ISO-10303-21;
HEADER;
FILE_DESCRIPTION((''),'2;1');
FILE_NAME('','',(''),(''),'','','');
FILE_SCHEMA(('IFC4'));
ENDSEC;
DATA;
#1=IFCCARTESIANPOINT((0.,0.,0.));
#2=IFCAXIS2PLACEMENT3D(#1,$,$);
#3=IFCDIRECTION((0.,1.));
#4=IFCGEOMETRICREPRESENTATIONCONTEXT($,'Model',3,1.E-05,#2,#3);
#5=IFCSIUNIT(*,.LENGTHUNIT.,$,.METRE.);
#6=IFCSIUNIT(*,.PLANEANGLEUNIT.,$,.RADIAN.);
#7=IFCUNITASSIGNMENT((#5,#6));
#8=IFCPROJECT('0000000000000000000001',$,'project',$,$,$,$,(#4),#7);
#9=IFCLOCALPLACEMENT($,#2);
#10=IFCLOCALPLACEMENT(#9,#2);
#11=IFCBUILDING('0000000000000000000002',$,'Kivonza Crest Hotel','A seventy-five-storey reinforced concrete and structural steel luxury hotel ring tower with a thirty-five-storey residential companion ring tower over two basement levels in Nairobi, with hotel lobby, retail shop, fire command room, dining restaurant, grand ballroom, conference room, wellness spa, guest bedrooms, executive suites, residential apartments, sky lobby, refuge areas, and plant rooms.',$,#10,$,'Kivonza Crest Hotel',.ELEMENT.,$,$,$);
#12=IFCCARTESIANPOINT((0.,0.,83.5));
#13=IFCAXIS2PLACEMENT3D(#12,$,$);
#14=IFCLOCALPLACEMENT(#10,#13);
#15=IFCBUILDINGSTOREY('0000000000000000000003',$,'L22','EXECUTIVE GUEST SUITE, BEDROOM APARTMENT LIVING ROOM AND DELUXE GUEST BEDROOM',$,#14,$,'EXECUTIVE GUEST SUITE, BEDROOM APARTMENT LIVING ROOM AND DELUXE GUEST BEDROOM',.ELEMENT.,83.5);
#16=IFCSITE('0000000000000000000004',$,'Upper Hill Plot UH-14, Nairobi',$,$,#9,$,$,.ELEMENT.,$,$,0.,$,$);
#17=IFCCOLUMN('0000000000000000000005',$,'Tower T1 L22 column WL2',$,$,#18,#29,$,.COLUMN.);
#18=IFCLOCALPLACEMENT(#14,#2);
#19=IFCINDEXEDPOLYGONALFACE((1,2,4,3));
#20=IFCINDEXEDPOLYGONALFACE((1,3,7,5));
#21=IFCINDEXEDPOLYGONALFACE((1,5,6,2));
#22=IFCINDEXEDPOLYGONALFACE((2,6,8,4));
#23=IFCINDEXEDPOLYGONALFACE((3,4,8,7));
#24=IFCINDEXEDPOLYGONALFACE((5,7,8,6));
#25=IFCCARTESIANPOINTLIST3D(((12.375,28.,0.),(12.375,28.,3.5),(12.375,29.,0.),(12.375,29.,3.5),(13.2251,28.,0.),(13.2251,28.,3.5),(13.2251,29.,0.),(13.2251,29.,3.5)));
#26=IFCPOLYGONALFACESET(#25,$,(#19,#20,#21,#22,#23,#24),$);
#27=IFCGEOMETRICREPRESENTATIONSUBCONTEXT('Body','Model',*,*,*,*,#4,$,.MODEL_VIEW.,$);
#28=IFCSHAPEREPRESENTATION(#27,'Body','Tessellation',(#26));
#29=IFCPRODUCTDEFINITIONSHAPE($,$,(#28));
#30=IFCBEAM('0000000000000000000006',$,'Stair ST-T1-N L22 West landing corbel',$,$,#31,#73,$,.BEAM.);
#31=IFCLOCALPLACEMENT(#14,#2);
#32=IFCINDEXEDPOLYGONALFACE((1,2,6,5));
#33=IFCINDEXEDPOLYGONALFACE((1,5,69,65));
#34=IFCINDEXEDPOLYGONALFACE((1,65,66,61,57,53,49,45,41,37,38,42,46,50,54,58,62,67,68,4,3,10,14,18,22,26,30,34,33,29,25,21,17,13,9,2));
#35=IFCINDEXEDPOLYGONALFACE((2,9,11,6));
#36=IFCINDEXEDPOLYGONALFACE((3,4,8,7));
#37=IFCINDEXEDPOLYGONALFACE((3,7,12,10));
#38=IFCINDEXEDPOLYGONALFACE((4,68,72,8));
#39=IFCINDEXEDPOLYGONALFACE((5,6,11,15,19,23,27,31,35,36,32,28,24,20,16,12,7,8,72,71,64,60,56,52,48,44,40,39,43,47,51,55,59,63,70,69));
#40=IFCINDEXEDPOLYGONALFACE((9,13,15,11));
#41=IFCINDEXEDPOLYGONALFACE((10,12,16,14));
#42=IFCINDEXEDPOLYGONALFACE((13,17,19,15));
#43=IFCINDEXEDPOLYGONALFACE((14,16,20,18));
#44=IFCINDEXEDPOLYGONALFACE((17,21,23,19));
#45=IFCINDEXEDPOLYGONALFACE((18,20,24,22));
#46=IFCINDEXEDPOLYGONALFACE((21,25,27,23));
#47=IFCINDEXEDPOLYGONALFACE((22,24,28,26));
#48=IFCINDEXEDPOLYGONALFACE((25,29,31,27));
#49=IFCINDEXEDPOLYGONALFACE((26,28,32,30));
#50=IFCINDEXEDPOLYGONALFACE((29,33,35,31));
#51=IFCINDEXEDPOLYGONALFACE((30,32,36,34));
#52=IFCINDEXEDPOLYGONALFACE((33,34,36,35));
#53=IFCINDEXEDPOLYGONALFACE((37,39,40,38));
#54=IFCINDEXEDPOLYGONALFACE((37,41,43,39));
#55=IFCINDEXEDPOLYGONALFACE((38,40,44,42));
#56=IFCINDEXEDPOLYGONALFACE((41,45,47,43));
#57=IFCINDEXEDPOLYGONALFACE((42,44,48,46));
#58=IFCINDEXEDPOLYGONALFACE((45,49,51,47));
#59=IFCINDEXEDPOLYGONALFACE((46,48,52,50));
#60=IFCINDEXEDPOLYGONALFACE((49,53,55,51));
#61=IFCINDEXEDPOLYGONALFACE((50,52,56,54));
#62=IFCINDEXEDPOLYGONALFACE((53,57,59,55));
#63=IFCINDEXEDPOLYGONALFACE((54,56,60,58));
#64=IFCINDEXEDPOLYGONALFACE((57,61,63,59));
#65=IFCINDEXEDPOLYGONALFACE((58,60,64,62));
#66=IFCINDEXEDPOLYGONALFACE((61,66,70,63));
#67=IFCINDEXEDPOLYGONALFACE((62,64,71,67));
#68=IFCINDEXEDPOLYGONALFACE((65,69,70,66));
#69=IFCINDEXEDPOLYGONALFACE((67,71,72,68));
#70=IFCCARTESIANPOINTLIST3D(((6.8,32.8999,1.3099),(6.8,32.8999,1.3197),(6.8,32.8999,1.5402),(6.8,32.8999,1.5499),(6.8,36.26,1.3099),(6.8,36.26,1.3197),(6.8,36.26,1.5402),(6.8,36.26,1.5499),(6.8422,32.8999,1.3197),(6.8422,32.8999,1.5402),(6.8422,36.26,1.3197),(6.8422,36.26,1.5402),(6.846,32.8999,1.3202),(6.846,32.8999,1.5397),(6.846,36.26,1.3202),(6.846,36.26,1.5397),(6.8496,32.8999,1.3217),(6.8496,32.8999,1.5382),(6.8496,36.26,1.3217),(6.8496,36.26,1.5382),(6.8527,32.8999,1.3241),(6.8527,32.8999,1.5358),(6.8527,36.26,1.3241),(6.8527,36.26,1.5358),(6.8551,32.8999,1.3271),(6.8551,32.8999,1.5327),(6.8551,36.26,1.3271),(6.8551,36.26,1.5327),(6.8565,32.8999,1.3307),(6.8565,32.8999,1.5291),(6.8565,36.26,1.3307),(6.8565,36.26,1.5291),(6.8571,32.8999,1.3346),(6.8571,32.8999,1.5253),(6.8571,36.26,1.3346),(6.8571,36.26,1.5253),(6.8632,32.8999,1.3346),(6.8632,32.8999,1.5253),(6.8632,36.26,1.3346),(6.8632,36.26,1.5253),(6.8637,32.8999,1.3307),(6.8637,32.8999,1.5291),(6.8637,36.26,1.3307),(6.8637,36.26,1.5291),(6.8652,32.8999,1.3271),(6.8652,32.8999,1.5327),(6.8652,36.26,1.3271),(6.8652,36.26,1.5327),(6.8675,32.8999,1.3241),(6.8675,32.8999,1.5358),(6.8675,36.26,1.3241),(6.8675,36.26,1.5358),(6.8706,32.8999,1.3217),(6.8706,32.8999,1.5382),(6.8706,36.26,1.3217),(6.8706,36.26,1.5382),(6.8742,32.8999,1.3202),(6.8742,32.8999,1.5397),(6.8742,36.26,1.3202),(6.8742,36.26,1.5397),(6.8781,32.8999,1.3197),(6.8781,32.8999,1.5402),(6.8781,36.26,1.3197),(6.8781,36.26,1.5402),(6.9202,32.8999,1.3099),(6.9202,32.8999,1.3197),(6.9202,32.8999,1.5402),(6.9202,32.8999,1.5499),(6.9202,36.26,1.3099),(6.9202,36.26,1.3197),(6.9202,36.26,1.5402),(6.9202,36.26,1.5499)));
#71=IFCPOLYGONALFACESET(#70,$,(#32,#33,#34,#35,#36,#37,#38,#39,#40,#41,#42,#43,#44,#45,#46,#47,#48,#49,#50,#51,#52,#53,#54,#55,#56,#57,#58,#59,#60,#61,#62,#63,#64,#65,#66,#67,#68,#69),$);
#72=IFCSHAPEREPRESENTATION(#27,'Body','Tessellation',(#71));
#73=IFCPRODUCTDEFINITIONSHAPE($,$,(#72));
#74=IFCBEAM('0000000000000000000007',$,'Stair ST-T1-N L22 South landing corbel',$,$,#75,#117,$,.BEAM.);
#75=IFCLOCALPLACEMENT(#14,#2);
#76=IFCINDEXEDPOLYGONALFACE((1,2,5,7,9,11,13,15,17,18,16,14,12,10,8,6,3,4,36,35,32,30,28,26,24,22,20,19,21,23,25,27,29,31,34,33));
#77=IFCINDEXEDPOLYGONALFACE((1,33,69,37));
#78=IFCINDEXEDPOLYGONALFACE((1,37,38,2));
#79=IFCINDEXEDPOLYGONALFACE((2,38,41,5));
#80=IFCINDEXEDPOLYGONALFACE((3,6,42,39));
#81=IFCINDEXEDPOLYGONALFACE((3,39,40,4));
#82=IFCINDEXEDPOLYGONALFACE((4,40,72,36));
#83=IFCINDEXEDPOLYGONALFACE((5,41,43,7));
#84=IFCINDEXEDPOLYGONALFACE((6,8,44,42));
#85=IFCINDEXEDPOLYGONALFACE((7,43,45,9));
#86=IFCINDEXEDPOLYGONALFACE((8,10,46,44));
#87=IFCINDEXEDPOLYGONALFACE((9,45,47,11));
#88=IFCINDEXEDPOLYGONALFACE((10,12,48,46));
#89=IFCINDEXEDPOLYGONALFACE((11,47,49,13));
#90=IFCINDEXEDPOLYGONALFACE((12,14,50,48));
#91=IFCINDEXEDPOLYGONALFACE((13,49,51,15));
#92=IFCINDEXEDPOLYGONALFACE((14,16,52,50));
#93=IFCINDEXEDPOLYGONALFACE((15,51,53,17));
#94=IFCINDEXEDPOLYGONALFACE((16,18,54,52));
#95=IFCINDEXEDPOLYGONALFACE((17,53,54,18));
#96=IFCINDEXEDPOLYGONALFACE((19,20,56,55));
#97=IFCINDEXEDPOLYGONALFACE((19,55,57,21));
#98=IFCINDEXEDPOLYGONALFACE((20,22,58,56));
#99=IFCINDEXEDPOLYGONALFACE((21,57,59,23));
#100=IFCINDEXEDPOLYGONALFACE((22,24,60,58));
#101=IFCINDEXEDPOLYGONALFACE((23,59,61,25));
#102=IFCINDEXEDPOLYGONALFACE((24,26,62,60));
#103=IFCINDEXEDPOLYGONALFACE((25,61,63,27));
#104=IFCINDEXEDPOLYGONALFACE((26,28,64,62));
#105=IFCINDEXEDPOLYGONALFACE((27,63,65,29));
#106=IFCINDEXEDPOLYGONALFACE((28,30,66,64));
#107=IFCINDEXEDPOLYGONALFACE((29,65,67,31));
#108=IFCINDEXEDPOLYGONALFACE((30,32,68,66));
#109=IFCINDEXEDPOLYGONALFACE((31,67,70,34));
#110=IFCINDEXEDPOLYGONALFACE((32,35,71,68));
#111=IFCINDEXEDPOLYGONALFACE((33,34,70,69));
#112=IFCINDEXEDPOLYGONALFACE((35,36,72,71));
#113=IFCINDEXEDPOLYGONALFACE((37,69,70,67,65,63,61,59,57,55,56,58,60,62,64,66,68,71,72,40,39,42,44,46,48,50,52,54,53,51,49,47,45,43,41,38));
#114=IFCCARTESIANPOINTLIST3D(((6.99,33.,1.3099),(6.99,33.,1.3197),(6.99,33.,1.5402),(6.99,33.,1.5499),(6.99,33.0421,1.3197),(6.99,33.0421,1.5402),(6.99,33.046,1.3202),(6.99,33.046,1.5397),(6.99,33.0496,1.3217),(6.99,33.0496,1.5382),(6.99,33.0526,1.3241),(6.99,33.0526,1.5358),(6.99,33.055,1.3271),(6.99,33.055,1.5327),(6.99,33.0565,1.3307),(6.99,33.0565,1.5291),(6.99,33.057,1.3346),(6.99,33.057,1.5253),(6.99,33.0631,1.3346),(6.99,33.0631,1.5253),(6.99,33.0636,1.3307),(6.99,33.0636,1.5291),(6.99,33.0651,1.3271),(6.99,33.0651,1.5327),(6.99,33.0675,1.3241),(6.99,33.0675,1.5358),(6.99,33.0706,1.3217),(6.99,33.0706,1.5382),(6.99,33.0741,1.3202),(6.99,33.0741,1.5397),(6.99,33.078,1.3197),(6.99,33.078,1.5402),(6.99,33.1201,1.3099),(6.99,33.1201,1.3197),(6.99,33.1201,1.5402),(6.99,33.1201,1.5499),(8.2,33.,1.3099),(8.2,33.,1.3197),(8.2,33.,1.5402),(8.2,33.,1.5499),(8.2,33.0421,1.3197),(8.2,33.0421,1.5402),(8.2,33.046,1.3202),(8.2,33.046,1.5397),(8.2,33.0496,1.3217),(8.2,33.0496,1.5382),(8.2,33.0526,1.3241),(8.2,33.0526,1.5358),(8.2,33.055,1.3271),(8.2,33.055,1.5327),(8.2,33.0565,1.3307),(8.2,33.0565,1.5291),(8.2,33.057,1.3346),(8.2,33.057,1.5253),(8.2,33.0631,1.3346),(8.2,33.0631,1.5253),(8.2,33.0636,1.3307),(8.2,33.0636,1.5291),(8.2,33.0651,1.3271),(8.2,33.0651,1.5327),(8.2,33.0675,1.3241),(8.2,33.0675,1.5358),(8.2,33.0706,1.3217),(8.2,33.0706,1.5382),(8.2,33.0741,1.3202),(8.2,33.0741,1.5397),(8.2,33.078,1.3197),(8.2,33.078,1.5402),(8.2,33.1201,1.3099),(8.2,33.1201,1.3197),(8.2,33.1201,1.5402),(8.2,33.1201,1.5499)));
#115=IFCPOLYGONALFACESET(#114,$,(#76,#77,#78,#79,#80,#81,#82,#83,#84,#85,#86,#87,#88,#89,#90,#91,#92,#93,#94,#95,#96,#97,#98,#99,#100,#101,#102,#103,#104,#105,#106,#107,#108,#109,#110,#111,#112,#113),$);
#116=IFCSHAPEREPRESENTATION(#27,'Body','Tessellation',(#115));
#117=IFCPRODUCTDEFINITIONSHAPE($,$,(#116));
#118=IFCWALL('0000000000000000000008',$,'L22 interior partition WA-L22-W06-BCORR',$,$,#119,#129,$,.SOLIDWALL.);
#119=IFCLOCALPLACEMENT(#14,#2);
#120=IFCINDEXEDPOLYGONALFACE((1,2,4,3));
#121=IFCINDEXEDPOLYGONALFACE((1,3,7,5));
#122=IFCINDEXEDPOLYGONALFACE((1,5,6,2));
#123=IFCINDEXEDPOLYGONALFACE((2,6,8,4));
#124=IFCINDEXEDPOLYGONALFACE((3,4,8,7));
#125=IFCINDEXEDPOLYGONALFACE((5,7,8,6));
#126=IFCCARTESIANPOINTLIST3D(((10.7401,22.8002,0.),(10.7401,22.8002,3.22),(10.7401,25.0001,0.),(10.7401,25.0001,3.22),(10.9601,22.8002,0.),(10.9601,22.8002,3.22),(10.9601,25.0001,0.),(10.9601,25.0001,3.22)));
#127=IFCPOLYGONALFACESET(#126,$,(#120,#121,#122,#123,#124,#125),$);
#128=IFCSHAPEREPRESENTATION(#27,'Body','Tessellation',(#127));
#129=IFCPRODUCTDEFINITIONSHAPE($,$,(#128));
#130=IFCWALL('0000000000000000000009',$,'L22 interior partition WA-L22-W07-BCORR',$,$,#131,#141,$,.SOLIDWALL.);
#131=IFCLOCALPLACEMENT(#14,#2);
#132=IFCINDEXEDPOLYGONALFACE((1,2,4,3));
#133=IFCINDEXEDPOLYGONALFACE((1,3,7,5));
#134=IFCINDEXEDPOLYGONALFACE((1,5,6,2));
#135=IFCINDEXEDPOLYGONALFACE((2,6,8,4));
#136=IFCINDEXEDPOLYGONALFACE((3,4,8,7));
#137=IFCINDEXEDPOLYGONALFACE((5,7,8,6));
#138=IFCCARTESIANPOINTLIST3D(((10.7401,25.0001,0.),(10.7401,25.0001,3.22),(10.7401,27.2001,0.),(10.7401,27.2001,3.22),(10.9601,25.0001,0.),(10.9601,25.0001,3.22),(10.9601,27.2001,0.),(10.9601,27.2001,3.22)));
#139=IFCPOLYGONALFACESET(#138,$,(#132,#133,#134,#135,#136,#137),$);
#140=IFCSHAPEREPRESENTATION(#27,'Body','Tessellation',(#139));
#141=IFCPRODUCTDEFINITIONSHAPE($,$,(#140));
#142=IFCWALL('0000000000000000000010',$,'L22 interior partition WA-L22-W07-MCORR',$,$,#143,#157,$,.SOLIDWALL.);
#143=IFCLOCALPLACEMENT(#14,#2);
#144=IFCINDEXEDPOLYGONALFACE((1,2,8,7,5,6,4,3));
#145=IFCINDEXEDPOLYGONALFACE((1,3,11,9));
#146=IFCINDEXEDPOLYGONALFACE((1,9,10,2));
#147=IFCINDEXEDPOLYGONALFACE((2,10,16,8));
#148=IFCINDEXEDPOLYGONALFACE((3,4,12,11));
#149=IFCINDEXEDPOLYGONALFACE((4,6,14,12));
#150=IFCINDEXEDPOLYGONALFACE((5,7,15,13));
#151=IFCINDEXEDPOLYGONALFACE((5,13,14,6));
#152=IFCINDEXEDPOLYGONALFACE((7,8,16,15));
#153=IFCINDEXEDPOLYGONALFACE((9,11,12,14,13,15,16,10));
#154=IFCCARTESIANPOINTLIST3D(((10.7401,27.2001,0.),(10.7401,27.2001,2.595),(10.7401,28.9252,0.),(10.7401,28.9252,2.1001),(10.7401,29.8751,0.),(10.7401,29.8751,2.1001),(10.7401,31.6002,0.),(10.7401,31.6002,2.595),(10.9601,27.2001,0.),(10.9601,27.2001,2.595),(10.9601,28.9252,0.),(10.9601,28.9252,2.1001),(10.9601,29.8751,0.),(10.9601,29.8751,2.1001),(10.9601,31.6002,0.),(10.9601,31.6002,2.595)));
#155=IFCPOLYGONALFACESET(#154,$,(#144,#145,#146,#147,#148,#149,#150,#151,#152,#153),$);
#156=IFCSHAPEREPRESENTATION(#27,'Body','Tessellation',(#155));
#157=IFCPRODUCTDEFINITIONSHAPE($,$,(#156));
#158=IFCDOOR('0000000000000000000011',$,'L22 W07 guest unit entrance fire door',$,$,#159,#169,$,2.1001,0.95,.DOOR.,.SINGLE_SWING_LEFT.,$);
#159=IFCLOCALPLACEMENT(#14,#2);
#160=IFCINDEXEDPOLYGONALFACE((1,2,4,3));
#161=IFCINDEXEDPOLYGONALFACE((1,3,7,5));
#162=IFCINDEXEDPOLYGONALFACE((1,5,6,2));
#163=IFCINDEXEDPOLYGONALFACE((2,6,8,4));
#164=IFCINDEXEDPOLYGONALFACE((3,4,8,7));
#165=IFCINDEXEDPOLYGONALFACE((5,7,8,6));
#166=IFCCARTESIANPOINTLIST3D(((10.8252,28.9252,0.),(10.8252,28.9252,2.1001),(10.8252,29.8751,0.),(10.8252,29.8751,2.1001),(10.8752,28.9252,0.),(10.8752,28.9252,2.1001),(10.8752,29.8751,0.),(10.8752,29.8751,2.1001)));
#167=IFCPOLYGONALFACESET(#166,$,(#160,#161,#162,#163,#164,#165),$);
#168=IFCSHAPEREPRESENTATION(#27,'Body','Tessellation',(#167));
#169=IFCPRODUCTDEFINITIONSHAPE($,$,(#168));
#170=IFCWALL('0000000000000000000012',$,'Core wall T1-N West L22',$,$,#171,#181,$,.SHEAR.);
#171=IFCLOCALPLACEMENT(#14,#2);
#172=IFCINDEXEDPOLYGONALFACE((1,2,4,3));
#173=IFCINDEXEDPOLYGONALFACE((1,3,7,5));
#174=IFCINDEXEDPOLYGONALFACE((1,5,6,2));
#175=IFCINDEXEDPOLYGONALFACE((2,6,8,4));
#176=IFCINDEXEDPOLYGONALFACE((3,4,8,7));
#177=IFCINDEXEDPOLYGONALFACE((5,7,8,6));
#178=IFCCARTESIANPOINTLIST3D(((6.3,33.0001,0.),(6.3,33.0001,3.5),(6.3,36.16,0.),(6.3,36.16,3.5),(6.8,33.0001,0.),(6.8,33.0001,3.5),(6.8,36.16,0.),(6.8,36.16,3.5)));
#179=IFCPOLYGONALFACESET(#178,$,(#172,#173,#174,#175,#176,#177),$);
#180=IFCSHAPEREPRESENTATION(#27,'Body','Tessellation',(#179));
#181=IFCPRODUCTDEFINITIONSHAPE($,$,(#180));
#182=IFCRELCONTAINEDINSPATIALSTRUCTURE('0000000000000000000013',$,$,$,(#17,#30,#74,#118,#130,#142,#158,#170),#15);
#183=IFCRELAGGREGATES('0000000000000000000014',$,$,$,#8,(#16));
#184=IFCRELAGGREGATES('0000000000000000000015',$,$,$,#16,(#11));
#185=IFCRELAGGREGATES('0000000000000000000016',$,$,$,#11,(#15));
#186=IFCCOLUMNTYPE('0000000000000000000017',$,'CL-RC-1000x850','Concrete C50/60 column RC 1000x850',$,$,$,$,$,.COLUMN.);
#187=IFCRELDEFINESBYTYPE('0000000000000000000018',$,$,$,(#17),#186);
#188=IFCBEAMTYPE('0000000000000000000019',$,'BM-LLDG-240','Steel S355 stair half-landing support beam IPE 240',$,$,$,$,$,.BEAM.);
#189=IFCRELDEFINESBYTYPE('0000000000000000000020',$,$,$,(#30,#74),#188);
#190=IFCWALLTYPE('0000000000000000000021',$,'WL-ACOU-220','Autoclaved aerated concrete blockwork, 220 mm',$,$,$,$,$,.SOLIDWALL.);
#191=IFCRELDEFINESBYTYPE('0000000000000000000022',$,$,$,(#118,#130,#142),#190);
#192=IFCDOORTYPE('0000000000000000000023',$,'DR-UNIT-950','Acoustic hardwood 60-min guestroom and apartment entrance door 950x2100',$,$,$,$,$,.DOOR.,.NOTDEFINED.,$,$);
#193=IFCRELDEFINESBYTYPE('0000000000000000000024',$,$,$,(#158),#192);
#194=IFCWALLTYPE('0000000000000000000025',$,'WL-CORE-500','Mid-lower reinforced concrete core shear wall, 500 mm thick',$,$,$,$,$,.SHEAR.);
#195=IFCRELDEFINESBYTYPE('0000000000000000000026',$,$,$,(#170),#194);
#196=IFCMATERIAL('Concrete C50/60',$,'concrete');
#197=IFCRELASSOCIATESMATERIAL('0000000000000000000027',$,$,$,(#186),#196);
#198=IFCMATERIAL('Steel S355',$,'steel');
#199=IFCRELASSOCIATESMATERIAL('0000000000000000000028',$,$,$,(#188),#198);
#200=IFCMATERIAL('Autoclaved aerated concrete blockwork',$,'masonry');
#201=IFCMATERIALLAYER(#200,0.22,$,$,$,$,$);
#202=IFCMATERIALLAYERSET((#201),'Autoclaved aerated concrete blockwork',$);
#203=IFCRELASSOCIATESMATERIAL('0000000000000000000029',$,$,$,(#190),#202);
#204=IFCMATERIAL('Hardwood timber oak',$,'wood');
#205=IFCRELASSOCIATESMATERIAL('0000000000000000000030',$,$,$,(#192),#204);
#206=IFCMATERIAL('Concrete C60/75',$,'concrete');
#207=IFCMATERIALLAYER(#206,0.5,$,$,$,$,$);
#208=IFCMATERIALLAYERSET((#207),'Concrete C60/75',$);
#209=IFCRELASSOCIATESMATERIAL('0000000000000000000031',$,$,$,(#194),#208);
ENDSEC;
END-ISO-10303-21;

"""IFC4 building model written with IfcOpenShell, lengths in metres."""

from ifc_helpers import new_model, si_unit, direction, frame, frame_2d, origin, origin_2d, place, context, subcontext, project, spatial, rectangle, i_section, extrude, material, layer, layer_set, material_profile, profile_set, type_object, element, fill, save


model = new_model("IFC4")

# Units and contexts
model_context = context("Model", 3, precision=1e-05, world=origin(), true_north=direction((0.0, 1.0)))
body_context = subcontext(model_context, "Body", "Model", "MODEL_VIEW")
ifc_project = project(units=[si_unit("LENGTHUNIT", "METRE"), si_unit("PLANEANGLEUNIT", "RADIAN")], contexts=[model_context])

# Site, building, storey
site_placement = place(None, origin())
site = spatial("IfcSite", under=ifc_project, at=site_placement, Name="Upper Hill Plot UH-14, Nairobi", CompositionType="ELEMENT", RefElevation=0.0)
building_placement = place(site_placement, origin())
building = spatial("IfcBuilding", under=site, at=building_placement, Name="Kivonza Crest Hotel", Description="A seventy-five-storey reinforced concrete and structural steel luxury hotel ring tower with a thirty-five-storey residential companion ring tower over two basement levels in Nairobi, with hotel lobby, retail shop, fire command room, dining restaurant, grand ballroom, conference room, wellness spa, guest bedrooms, executive suites, residential apartments, sky lobby, refuge areas, and plant rooms.", LongName="Kivonza Crest Hotel", CompositionType="ELEMENT")
storey_placement = place(building_placement, frame((0.0, 0.0, 83.5)))
storey = spatial("IfcBuildingStorey", under=building, at=storey_placement, Name="L22", Description="EXECUTIVE GUEST SUITE, BEDROOM APARTMENT LIVING ROOM AND DELUXE GUEST BEDROOM", LongName="EXECUTIVE GUEST SUITE, BEDROOM APARTMENT LIVING ROOM AND DELUXE GUEST BEDROOM", CompositionType="ELEMENT", Elevation=83.5)

# Column
ifc_material_1 = material(Name="Concrete C50/60", Category="concrete")
ifc_material_profile_1 = material_profile(ifc_material_1, rectangle(XDim=0.8501, YDim=1.0, at=origin_2d()), Name="RC 1000x850")
ifc_profile_set_1 = profile_set([ifc_material_profile_1], Name="Concrete C50/60")
column_type = type_object("IfcColumnType", Name="CL-RC-1000x850", Description="Concrete C50/60 column RC 1000x850", PredefinedType="COLUMN", material=ifc_profile_set_1)
column_placement = place(storey_placement, frame((12.8, 28.5, 0.0), z_axis=(0.0, 0.0, 1.0), x_axis=(1.0, 0.0, 0.0)))
element("IfcColumn", 1, at=column_placement, inside=storey, type_object=column_type, Name="Tower T1 L22 column WL2", PredefinedType="COLUMN", context=body_context, shape_type="SweptSolid", body=[
    extrude(rectangle(XDim=0.8501, YDim=1.0, at=origin_2d()), origin(), (0.0, 0.0, 1.0), 3.5),
])

# Beams
ifc_material_2 = material(Name="Steel S355", Category="steel")
ifc_material_profile_2 = material_profile(ifc_material_2, i_section(OverallWidth=0.1201, OverallDepth=0.24, WebThickness=0.0061, FlangeThickness=0.0098, FilletRadius=0.0149, at=origin_2d()), Name="IPE 240")
ifc_profile_set_2 = profile_set([ifc_material_profile_2], Name="Steel S355")
beam_type = type_object("IfcBeamType", Name="BM-LLDG-240", Description="Steel S355 stair half-landing support beam IPE 240", PredefinedType="BEAM", material=ifc_profile_set_2)
beam_1_placement = place(storey_placement, frame((6.8601, 32.8999, 1.4299), z_axis=(0.0, 1.0, 0.0), x_axis=(-1.0, 0.0, 0.0)))
element("IfcBeam", 2, at=beam_1_placement, inside=storey, type_object=beam_type, Name="Stair ST-T1-N L22 West landing corbel", PredefinedType="BEAM", context=body_context, shape_type="SweptSolid", body=[
    extrude(i_section(OverallWidth=0.1201, OverallDepth=0.24, WebThickness=0.0061, FlangeThickness=0.0098, FilletRadius=0.0149, at=origin_2d()), origin(), (0.0, 0.0, 1.0), 3.3601),
])
beam_2_placement = place(storey_placement, frame((6.99, 33.0601, 1.4299), z_axis=(1.0, 0.0, 0.0), x_axis=(0.0, 1.0, 0.0)))
element("IfcBeam", 3, at=beam_2_placement, inside=storey, type_object=beam_type, Name="Stair ST-T1-N L22 South landing corbel", PredefinedType="BEAM", context=body_context, shape_type="SweptSolid", body=[
    extrude(i_section(OverallWidth=0.1201, OverallDepth=0.24, WebThickness=0.0061, FlangeThickness=0.0098, FilletRadius=0.0149, at=origin_2d()), origin(), (0.0, 0.0, 1.0), 1.21),
])

# Walls
ifc_material_3 = material(Name="Autoclaved aerated concrete blockwork", Category="masonry")
ifc_layer_1 = layer(ifc_material_3, 0.22)
ifc_layer_set_1 = layer_set([ifc_layer_1], Name="Autoclaved aerated concrete blockwork")
wall_type_1 = type_object("IfcWallType", Name="WL-ACOU-220", Description="Autoclaved aerated concrete blockwork, 220 mm", PredefinedType="SOLIDWALL", material=ifc_layer_set_1)
for number, where, z_axis, x_axis, name in (
    (4, (10.8501, 22.8, 0.0), (0.0, 0.0, 1.0), (0.0, 1.0, 0.0), "L22 interior partition WA-L22-W06-BCORR"),
    (5, (10.8501, 25.0, 0.0), (0.0, 0.0, 1.0), (0.0, 1.0, 0.0), "L22 interior partition WA-L22-W07-BCORR"),
):
    element("IfcWall", number, at=place(storey_placement, frame(where, z_axis=z_axis, x_axis=x_axis)), inside=storey, type_object=wall_type_1, Name=name, PredefinedType="SOLIDWALL", context=body_context, shape_type="SweptSolid", body=[
        extrude(rectangle(XDim=2.2, YDim=0.22, at=frame_2d((1.1001, 0.0))), origin(), (0.0, 0.0, 1.0), 3.22),
    ])

# Wall, opening, door
wall_1_placement = place(storey_placement, frame((10.8501, 27.2, 0.0), z_axis=(0.0, 0.0, 1.0), x_axis=(0.0, 1.0, 0.0)))
wall_1 = element("IfcWall", 6, at=wall_1_placement, inside=storey, type_object=wall_type_1, Name="L22 interior partition WA-L22-W07-MCORR", PredefinedType="SOLIDWALL", context=body_context, shape_type="SweptSolid", body=[
    extrude(rectangle(XDim=4.4001, YDim=0.22, at=frame_2d((2.2002, 0.0))), origin(), (0.0, 0.0, 1.0), 2.595),
])
opening_1_placement = place(wall_1_placement, frame((1.7251, 0.0, 0.0)))
opening_1 = element("IfcOpeningElement", 7, at=opening_1_placement, cuts=wall_1, PredefinedType="OPENING", context=body_context, shape_type="SweptSolid", body=[
    extrude(rectangle(XDim=0.95, YDim=2.1001, at=frame_2d((0.4751, 1.05))), frame((0.0, 0.1201, 0.0), z_axis=(0.0, -1.0, 0.0), x_axis=(1.0, 0.0, 0.0)), (0.0, 0.0, 1.0), 0.24),
])
ifc_material_4 = material(Name="Hardwood timber oak", Category="wood")
door_type_1 = type_object("IfcDoorType", Name="DR-UNIT-950", Description="Acoustic hardwood 60-min guestroom and apartment entrance door 950x2100", OperationType="NOTDEFINED", PredefinedType="DOOR", material=ifc_material_4)
door_1_placement = place(opening_1_placement, origin())
door_1 = element("IfcDoor", 8, at=door_1_placement, inside=storey, type_object=door_type_1, Name="L22 W07 guest unit entrance fire door", OperationType="SINGLE_SWING_LEFT", OverallHeight=2.1001, OverallWidth=0.95, PredefinedType="DOOR", context=body_context, shape_type="SweptSolid", body=[
    extrude(rectangle(XDim=0.95, YDim=2.1001, at=frame_2d((0.4751, 1.05))), frame((0.0, 0.0249, 0.0), z_axis=(0.0, -1.0, 0.0), x_axis=(1.0, 0.0, 0.0)), (0.0, 0.0, 1.0), 0.05),
])
fill(opening_1, door_1)

# Wall
ifc_material_5 = material(Name="Concrete C60/75", Category="concrete")
ifc_layer_2 = layer(ifc_material_5, 0.5)
ifc_layer_set_2 = layer_set([ifc_layer_2], Name="Concrete C60/75")
wall_type_2 = type_object("IfcWallType", Name="WL-CORE-500", Description="Mid-lower reinforced concrete core shear wall, 500 mm thick", PredefinedType="SHEAR", material=ifc_layer_set_2)
wall_2_placement = place(storey_placement, frame((6.55, 33.0, 0.0), z_axis=(0.0, 0.0, 1.0), x_axis=(0.0, 1.0, 0.0)))
element("IfcWall", 9, at=wall_2_placement, inside=storey, type_object=wall_type_2, Name="Core wall T1-N West L22", PredefinedType="SHEAR", context=body_context, shape_type="SweptSolid", body=[
    extrude(rectangle(XDim=3.1599, YDim=0.5, at=frame_2d((1.5801, 0.0))), origin(), (0.0, 0.0, 1.0), 3.5),
])

save(model, "model.ifc")
